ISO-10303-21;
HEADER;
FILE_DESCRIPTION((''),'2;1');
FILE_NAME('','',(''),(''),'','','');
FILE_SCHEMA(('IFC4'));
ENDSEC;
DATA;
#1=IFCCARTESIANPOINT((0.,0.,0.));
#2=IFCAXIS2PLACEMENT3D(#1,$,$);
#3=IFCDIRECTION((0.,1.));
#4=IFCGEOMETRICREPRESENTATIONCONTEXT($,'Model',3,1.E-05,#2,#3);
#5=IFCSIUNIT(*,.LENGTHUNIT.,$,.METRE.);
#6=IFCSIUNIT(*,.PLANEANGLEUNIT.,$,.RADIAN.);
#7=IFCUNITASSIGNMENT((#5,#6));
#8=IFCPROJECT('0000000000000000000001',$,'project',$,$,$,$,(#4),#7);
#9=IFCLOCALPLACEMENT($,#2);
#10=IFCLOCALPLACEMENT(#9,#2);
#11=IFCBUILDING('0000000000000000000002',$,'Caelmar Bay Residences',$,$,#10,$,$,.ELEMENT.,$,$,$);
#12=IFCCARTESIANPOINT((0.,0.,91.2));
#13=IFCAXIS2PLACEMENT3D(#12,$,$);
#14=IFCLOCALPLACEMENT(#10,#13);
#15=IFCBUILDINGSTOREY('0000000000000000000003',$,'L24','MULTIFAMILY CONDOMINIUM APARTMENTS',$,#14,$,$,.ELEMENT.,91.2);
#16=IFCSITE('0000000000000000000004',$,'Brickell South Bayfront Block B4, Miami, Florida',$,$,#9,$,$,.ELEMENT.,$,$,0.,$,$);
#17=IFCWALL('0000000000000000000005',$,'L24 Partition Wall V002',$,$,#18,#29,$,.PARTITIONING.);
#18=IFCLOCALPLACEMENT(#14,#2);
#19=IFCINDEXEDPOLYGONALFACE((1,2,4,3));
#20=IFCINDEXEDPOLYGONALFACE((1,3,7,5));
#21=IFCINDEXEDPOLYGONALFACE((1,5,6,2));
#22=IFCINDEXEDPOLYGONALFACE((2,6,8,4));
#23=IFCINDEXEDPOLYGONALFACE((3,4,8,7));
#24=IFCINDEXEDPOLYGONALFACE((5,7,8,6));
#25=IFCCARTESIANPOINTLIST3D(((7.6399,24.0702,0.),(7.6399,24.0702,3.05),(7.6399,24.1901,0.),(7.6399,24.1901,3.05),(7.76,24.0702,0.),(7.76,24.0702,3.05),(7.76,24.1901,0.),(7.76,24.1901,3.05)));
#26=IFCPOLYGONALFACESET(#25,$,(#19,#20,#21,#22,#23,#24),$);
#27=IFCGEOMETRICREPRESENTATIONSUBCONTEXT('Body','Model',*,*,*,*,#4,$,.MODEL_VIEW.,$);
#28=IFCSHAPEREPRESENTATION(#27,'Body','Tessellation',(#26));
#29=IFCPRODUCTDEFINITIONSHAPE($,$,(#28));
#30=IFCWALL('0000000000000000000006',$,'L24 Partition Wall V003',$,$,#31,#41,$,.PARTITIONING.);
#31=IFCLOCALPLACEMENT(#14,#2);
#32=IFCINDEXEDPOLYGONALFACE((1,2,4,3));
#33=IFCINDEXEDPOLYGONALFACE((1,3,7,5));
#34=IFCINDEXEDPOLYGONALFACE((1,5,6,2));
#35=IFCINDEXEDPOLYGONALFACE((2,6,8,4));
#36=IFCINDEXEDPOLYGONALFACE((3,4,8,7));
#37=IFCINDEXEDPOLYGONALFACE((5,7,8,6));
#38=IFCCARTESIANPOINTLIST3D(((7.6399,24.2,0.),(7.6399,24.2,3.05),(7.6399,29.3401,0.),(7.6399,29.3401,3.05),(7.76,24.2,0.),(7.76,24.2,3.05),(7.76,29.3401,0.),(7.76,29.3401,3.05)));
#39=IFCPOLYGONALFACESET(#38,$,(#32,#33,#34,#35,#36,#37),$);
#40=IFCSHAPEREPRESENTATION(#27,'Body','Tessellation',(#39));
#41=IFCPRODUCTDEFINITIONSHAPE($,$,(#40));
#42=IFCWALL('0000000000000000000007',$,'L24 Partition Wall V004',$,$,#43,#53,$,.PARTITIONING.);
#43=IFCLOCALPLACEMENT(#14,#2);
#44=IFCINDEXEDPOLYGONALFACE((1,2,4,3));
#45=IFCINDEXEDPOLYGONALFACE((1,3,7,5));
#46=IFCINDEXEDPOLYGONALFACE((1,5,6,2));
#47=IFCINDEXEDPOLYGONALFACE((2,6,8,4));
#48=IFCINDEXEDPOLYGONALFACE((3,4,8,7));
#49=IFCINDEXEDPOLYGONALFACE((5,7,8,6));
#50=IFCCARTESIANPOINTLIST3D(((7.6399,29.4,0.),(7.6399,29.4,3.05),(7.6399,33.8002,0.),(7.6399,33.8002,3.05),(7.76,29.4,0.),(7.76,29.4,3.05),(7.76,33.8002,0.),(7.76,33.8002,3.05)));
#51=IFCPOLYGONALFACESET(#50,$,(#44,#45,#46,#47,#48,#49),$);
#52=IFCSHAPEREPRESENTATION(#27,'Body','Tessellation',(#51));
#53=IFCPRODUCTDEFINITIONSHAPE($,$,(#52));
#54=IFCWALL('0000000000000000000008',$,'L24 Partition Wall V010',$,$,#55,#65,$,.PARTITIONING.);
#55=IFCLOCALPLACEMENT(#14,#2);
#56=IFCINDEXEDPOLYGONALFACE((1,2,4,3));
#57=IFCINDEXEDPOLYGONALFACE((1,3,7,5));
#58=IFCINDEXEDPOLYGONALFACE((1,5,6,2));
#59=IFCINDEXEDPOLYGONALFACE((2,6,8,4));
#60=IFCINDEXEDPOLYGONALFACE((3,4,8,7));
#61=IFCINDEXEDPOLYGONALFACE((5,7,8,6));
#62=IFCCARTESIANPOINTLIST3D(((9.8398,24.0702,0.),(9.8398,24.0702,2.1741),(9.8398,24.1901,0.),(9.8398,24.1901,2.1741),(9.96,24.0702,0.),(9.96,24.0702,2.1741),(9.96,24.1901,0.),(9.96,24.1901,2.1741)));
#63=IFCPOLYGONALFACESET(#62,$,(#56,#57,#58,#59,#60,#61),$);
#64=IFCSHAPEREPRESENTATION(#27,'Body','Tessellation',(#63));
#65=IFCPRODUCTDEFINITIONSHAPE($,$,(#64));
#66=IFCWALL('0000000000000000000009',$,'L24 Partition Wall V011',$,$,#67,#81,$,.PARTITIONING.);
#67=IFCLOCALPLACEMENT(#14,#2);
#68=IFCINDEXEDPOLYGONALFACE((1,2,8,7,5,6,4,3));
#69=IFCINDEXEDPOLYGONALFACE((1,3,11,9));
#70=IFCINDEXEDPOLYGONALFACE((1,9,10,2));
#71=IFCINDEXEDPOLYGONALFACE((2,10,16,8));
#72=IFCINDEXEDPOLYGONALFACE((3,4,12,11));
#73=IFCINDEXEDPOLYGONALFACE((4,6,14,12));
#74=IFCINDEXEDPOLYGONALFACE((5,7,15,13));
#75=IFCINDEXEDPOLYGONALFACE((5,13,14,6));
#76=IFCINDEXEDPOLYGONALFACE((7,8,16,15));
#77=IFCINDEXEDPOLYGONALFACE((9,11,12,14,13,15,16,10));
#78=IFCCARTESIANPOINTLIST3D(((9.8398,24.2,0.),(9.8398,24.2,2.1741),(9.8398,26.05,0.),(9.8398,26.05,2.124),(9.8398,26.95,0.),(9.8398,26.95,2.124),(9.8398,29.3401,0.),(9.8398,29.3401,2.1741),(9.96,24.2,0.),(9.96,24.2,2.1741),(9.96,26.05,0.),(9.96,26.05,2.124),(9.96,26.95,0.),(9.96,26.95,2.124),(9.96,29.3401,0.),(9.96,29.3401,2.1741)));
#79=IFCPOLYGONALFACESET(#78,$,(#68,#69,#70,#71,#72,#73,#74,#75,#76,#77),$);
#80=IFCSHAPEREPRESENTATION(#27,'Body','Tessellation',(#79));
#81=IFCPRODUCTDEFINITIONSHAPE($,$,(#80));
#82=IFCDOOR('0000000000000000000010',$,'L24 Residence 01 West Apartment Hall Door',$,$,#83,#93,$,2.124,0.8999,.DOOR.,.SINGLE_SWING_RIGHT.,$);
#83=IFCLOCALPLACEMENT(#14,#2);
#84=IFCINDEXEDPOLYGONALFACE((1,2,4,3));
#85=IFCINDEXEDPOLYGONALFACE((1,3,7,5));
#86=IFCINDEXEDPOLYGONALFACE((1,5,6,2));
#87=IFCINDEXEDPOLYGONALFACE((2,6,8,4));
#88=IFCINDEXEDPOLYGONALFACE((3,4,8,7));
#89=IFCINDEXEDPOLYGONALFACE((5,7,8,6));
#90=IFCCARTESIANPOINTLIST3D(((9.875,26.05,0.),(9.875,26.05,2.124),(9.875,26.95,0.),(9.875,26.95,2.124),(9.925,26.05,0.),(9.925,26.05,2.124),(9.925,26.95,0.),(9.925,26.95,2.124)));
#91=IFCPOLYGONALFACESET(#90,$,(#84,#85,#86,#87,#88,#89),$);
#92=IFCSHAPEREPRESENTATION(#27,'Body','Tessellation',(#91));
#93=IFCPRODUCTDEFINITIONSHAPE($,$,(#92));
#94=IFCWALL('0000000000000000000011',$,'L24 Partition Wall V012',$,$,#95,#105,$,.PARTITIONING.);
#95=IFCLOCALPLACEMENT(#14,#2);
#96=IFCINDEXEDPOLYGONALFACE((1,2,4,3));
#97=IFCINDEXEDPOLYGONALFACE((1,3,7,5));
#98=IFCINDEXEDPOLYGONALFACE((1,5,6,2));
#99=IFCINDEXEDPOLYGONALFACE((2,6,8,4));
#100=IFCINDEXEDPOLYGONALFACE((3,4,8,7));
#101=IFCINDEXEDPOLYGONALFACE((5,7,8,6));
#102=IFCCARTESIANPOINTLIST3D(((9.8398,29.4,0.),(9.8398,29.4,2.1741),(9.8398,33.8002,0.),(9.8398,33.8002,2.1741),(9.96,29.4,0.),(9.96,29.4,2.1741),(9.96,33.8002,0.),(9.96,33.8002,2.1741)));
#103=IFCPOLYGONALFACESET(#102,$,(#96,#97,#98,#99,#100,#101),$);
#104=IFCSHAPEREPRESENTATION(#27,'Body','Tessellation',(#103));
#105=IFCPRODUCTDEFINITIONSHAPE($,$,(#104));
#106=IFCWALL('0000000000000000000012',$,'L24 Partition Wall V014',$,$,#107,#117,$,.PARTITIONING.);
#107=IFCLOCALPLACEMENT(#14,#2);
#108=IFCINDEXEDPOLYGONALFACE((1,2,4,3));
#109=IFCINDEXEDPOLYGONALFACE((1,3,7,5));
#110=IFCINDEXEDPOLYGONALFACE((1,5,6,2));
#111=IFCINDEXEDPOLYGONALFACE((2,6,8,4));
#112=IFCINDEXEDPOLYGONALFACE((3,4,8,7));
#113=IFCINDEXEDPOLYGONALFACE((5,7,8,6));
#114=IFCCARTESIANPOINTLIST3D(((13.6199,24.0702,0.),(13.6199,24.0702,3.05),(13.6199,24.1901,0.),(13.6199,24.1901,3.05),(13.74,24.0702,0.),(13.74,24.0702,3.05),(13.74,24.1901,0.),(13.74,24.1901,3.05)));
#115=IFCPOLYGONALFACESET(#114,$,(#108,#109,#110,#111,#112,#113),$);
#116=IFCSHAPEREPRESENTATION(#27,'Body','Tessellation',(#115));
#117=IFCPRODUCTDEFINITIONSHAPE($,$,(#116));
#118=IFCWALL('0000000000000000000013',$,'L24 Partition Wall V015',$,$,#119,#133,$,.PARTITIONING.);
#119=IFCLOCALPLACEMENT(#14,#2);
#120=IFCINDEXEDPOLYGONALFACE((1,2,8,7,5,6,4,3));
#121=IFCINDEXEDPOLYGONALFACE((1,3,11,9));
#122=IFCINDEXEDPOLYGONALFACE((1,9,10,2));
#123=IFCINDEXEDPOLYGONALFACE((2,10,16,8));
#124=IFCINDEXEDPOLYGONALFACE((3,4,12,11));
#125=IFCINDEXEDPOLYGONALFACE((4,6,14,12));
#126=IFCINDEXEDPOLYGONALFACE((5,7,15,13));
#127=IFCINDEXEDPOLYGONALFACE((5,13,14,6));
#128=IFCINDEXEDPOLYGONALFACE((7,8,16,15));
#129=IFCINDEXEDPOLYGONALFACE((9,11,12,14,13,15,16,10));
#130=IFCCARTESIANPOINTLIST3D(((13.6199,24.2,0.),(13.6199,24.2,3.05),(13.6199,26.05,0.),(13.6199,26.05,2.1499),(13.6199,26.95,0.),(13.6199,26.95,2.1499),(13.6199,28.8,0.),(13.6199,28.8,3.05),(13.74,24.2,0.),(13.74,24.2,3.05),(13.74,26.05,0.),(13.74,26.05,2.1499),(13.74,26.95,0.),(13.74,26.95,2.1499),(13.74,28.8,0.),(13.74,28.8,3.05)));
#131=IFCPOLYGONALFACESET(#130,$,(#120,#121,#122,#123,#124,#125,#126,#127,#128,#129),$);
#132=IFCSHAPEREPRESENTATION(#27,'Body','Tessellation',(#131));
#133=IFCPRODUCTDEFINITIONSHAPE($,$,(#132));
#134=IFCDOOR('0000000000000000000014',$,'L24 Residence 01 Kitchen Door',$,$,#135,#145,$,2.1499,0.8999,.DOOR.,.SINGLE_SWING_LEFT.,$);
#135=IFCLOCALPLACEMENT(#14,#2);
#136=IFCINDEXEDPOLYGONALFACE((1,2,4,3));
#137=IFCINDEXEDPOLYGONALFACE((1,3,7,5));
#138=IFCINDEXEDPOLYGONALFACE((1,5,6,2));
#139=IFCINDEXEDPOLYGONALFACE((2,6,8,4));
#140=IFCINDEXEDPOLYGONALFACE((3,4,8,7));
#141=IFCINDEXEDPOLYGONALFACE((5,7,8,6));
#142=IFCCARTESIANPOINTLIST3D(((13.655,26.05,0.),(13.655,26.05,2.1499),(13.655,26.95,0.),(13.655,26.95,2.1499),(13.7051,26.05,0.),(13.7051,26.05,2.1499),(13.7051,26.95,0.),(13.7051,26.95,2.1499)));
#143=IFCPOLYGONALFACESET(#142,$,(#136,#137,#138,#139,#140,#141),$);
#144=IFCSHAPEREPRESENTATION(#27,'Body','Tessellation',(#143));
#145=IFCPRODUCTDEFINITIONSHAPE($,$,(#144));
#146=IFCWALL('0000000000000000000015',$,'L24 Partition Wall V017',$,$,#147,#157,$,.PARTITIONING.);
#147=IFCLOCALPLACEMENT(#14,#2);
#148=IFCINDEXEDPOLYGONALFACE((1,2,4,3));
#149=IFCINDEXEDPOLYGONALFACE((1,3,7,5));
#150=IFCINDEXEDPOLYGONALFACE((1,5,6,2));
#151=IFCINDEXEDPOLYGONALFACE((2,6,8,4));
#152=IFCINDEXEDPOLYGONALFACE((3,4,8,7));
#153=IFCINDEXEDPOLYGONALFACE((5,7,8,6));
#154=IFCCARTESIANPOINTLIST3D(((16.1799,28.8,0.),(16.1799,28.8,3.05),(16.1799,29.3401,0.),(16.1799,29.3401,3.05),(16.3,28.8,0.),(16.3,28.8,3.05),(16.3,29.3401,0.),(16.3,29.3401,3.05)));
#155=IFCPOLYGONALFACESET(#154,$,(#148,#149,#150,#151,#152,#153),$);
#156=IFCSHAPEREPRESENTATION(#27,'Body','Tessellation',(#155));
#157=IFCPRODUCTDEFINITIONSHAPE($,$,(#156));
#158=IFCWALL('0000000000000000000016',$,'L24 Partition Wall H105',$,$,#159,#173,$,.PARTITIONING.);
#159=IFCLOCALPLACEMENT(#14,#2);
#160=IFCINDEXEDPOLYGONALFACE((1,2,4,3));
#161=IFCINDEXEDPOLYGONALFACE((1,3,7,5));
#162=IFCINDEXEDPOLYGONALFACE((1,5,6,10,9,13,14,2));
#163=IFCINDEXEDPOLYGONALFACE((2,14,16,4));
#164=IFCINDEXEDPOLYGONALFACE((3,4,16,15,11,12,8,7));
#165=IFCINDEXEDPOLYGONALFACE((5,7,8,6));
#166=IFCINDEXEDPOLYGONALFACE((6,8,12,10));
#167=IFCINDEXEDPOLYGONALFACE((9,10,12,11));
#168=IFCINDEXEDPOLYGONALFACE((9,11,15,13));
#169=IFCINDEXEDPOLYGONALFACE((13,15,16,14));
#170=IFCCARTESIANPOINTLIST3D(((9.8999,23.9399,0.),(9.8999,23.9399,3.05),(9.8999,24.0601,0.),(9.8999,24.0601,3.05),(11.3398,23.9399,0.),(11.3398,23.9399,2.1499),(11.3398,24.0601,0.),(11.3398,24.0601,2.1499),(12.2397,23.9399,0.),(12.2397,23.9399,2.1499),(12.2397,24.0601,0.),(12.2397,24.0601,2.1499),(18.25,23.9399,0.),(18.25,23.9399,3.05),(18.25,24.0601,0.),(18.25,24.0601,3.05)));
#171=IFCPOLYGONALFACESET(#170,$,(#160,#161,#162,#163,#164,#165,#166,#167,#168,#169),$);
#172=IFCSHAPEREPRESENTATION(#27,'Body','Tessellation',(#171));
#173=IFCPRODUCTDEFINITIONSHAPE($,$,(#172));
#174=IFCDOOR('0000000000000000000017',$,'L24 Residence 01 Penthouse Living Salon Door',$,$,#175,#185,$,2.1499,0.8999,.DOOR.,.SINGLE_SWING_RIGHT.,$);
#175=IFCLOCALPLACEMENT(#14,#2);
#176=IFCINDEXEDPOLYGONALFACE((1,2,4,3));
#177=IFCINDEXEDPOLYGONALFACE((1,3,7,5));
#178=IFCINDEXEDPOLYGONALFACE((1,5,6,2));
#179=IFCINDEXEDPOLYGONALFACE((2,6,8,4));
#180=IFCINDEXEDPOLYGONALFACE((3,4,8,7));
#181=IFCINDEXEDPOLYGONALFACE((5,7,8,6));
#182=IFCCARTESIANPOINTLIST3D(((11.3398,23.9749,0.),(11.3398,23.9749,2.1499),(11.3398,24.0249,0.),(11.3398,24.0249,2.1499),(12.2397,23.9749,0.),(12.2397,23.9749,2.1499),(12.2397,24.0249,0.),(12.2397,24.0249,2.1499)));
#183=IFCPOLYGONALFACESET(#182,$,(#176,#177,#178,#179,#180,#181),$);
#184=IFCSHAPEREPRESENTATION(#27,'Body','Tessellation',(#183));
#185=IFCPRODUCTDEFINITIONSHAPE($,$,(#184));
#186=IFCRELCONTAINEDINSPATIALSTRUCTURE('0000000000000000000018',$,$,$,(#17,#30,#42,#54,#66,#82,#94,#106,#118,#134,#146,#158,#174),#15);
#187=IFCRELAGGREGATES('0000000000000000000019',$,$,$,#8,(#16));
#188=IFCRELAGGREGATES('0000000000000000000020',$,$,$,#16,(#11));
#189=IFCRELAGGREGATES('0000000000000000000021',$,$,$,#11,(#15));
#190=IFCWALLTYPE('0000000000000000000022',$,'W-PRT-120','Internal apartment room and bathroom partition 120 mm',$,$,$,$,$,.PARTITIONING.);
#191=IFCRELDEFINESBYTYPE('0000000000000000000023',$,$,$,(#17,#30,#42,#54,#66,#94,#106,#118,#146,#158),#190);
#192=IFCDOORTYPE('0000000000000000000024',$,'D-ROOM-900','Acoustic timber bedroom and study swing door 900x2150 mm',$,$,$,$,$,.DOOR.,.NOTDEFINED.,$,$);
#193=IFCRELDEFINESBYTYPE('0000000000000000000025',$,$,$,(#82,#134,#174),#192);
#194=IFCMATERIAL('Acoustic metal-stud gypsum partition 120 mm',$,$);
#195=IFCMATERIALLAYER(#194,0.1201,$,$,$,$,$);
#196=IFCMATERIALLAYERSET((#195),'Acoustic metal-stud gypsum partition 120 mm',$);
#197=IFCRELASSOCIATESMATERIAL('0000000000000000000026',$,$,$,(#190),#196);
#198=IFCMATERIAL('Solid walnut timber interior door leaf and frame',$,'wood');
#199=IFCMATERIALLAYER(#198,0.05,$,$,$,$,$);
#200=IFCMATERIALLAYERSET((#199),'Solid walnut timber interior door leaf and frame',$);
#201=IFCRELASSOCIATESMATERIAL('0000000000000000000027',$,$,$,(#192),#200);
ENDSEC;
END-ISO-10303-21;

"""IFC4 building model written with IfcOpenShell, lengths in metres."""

from ifc_helpers import new_model, si_unit, direction, frame, frame_2d, origin, place, context, subcontext, project, spatial, rectangle, extrude, material, layer, layer_set, type_object, element, fill, save


model = new_model("IFC4")

# Units and contexts
model_context = context("Model", 3, precision=1e-05, world=origin(), true_north=direction((0.0, 1.0)))
body_context = subcontext(model_context, "Body", "Model", "MODEL_VIEW")
ifc_project = project(units=[si_unit("LENGTHUNIT", "METRE"), si_unit("PLANEANGLEUNIT", "RADIAN")], contexts=[model_context])

# Site, building, storey
site_placement = place(None, origin())
site = spatial("IfcSite", under=ifc_project, at=site_placement, Name="Brickell South Bayfront Block B4, Miami, Florida", CompositionType="ELEMENT", RefElevation=0.0)
building_placement = place(site_placement, origin())
building = spatial("IfcBuilding", under=site, at=building_placement, Name="Caelmar Bay Residences", CompositionType="ELEMENT")
storey_placement = place(building_placement, frame((0.0, 0.0, 91.2)))
storey = spatial("IfcBuildingStorey", under=building, at=storey_placement, Name="L24", Description="MULTIFAMILY CONDOMINIUM APARTMENTS", CompositionType="ELEMENT", Elevation=91.2)

# Walls
ifc_material_1 = material(Name="Acoustic metal-stud gypsum partition 120 mm")
ifc_layer_1 = layer(ifc_material_1, 0.1201)
ifc_layer_set_1 = layer_set([ifc_layer_1], Name="Acoustic metal-stud gypsum partition 120 mm")
wall_type_1 = type_object("IfcWallType", Name="W-PRT-120", Description="Internal apartment room and bathroom partition 120 mm", PredefinedType="PARTITIONING", material=ifc_layer_set_1)
wall_1_placement = place(storey_placement, frame((7.7, 24.0701, 0.0), z_axis=(0.0, 0.0, 1.0), x_axis=(0.0, 1.0, 0.0)))
element("IfcWall", 1, at=wall_1_placement, inside=storey, type_object=wall_type_1, Name="L24 Partition Wall V002", PredefinedType="PARTITIONING", context=body_context, shape_type="SweptSolid", body=[
    extrude(rectangle(XDim=0.1199, YDim=0.1201, at=frame_2d((0.0601, 0.0))), origin(), (0.0, 0.0, 1.0), 3.05),
])
wall_2_placement = place(storey_placement, frame((7.7, 24.2, 0.0), z_axis=(0.0, 0.0, 1.0), x_axis=(0.0, 1.0, 0.0)))
element("IfcWall", 2, at=wall_2_placement, inside=storey, type_object=wall_type_1, Name="L24 Partition Wall V003", PredefinedType="PARTITIONING", context=body_context, shape_type="SweptSolid", body=[
    extrude(rectangle(XDim=5.1401, YDim=0.1201, at=frame_2d((2.5701, 0.0))), origin(), (0.0, 0.0, 1.0), 3.05),
])
wall_3_placement = place(storey_placement, frame((7.7, 29.3999, 0.0), z_axis=(0.0, 0.0, 1.0), x_axis=(0.0, 1.0, 0.0)))
element("IfcWall", 3, at=wall_3_placement, inside=storey, type_object=wall_type_1, Name="L24 Partition Wall V004", PredefinedType="PARTITIONING", context=body_context, shape_type="SweptSolid", body=[
    extrude(rectangle(XDim=4.4001, YDim=0.1201, at=frame_2d((2.2002, 0.0))), origin(), (0.0, 0.0, 1.0), 3.05),
])
wall_4_placement = place(storey_placement, frame((9.8999, 24.0701, 0.0), z_axis=(0.0, 0.0, 1.0), x_axis=(0.0, 1.0, 0.0)))
element("IfcWall", 4, at=wall_4_placement, inside=storey, type_object=wall_type_1, Name="L24 Partition Wall V010", PredefinedType="PARTITIONING", context=body_context, shape_type="SweptSolid", body=[
    extrude(rectangle(XDim=0.1199, YDim=0.1201, at=frame_2d((0.0601, 0.0))), origin(), (0.0, 0.0, 1.0), 2.1741),
])

# Wall, opening, door
wall_5_placement = place(storey_placement, frame((9.8999, 24.2, 0.0), z_axis=(0.0, 0.0, 1.0), x_axis=(0.0, 1.0, 0.0)))
wall_5 = element("IfcWall", 5, at=wall_5_placement, inside=storey, type_object=wall_type_1, Name="L24 Partition Wall V011", PredefinedType="PARTITIONING", context=body_context, shape_type="SweptSolid", body=[
    extrude(rectangle(XDim=5.1401, YDim=0.1201, at=frame_2d((2.5701, 0.0))), origin(), (0.0, 0.0, 1.0), 2.1741),
])
opening_1_placement = place(wall_5_placement, frame((1.8501, 0.0, 0.0)))
opening_1 = element("IfcOpeningElement", 6, at=opening_1_placement, cuts=wall_5, PredefinedType="OPENING", context=body_context, shape_type="SweptSolid", body=[
    extrude(rectangle(XDim=0.8999, YDim=2.124, at=frame_2d((0.45, 1.062))), frame((0.0, 0.0701, 0.0), z_axis=(0.0, -1.0, 0.0), x_axis=(1.0, 0.0, 0.0)), (0.0, 0.0, 1.0), 0.1401),
])
ifc_material_2 = material(Name="Solid walnut timber interior door leaf and frame", Category="wood")
ifc_layer_2 = layer(ifc_material_2, 0.05)
ifc_layer_set_2 = layer_set([ifc_layer_2], Name="Solid walnut timber interior door leaf and frame")
door_type = type_object("IfcDoorType", Name="D-ROOM-900", Description="Acoustic timber bedroom and study swing door 900x2150 mm", OperationType="NOTDEFINED", PredefinedType="DOOR", material=ifc_layer_set_2)
door_1_placement = place(opening_1_placement, origin())
door_1 = element("IfcDoor", 7, at=door_1_placement, inside=storey, type_object=door_type, Name="L24 Residence 01 West Apartment Hall Door", OperationType="SINGLE_SWING_RIGHT", OverallHeight=2.124, OverallWidth=0.8999, PredefinedType="DOOR", context=body_context, shape_type="SweptSolid", body=[
    extrude(rectangle(XDim=0.8999, YDim=2.124, at=frame_2d((0.45, 1.062))), frame((0.0, 0.0249, 0.0), z_axis=(0.0, -1.0, 0.0), x_axis=(1.0, 0.0, 0.0)), (0.0, 0.0, 1.0), 0.05),
])
fill(opening_1, door_1)

# Walls
wall_6_placement = place(storey_placement, frame((9.8999, 29.3999, 0.0), z_axis=(0.0, 0.0, 1.0), x_axis=(0.0, 1.0, 0.0)))
element("IfcWall", 8, at=wall_6_placement, inside=storey, type_object=wall_type_1, Name="L24 Partition Wall V012", PredefinedType="PARTITIONING", context=body_context, shape_type="SweptSolid", body=[
    extrude(rectangle(XDim=4.4001, YDim=0.1201, at=frame_2d((2.2002, 0.0))), origin(), (0.0, 0.0, 1.0), 2.1741),
])
wall_7_placement = place(storey_placement, frame((13.6799, 24.0701, 0.0), z_axis=(0.0, 0.0, 1.0), x_axis=(0.0, 1.0, 0.0)))
element("IfcWall", 9, at=wall_7_placement, inside=storey, type_object=wall_type_1, Name="L24 Partition Wall V014", PredefinedType="PARTITIONING", context=body_context, shape_type="SweptSolid", body=[
    extrude(rectangle(XDim=0.1199, YDim=0.1201, at=frame_2d((0.0601, 0.0))), origin(), (0.0, 0.0, 1.0), 3.05),
])

# Wall, opening, door
wall_8_placement = place(storey_placement, frame((13.6799, 24.2, 0.0), z_axis=(0.0, 0.0, 1.0), x_axis=(0.0, 1.0, 0.0)))
wall_8 = element("IfcWall", 10, at=wall_8_placement, inside=storey, type_object=wall_type_1, Name="L24 Partition Wall V015", PredefinedType="PARTITIONING", context=body_context, shape_type="SweptSolid", body=[
    extrude(rectangle(XDim=4.6001, YDim=0.1201, at=frame_2d((2.3, 0.0))), origin(), (0.0, 0.0, 1.0), 3.05),
])
opening_2_placement = place(wall_8_placement, frame((1.8501, 0.0, 0.0)))
opening_2 = element("IfcOpeningElement", 11, at=opening_2_placement, cuts=wall_8, PredefinedType="OPENING", context=body_context, shape_type="SweptSolid", body=[
    extrude(rectangle(XDim=0.8999, YDim=2.1499, at=frame_2d((0.45, 1.075))), frame((0.0, 0.0701, 0.0), z_axis=(0.0, -1.0, 0.0), x_axis=(1.0, 0.0, 0.0)), (0.0, 0.0, 1.0), 0.1401),
])
door_2_placement = place(opening_2_placement, origin())
door_2 = element("IfcDoor", 12, at=door_2_placement, inside=storey, type_object=door_type, Name="L24 Residence 01 Kitchen Door", OperationType="SINGLE_SWING_LEFT", OverallHeight=2.1499, OverallWidth=0.8999, PredefinedType="DOOR", context=body_context, shape_type="SweptSolid", body=[
    extrude(rectangle(XDim=0.8999, YDim=2.1499, at=frame_2d((0.45, 1.075))), frame((0.0, 0.0249, 0.0), z_axis=(0.0, -1.0, 0.0), x_axis=(1.0, 0.0, 0.0)), (0.0, 0.0, 1.0), 0.05),
])
fill(opening_2, door_2)

# Wall
wall_9_placement = place(storey_placement, frame((16.24, 28.8, 0.0), z_axis=(0.0, 0.0, 1.0), x_axis=(0.0, 1.0, 0.0)))
element("IfcWall", 13, at=wall_9_placement, inside=storey, type_object=wall_type_1, Name="L24 Partition Wall V017", PredefinedType="PARTITIONING", context=body_context, shape_type="SweptSolid", body=[
    extrude(rectangle(XDim=0.54, YDim=0.1201, at=frame_2d((0.27, 0.0))), origin(), (0.0, 0.0, 1.0), 3.05),
])

# Wall, opening, door
wall_10_placement = place(storey_placement, frame((9.8999, 24.0, 0.0), z_axis=(0.0, 0.0, 1.0), x_axis=(1.0, 0.0, 0.0)))
wall_10 = element("IfcWall", 14, at=wall_10_placement, inside=storey, type_object=wall_type_1, Name="L24 Partition Wall H105", PredefinedType="PARTITIONING", context=body_context, shape_type="SweptSolid", body=[
    extrude(rectangle(XDim=8.3501, YDim=0.1201, at=frame_2d((4.175, 0.0))), origin(), (0.0, 0.0, 1.0), 3.05),
])
opening_3_placement = place(wall_10_placement, frame((1.4399, 0.0, 0.0)))
opening_3 = element("IfcOpeningElement", 15, at=opening_3_placement, cuts=wall_10, PredefinedType="OPENING", context=body_context, shape_type="SweptSolid", body=[
    extrude(rectangle(XDim=0.8999, YDim=2.1499, at=frame_2d((0.45, 1.075))), frame((0.0, 0.0701, 0.0), z_axis=(0.0, -1.0, 0.0), x_axis=(1.0, 0.0, 0.0)), (0.0, 0.0, 1.0), 0.1401),
])
door_3_placement = place(opening_3_placement, origin())
door_3 = element("IfcDoor", 16, at=door_3_placement, inside=storey, type_object=door_type, Name="L24 Residence 01 Penthouse Living Salon Door", OperationType="SINGLE_SWING_RIGHT", OverallHeight=2.1499, OverallWidth=0.8999, PredefinedType="DOOR", context=body_context, shape_type="SweptSolid", body=[
    extrude(rectangle(XDim=0.8999, YDim=2.1499, at=frame_2d((0.45, 1.075))), frame((0.0, 0.0249, 0.0), z_axis=(0.0, -1.0, 0.0), x_axis=(1.0, 0.0, 0.0)), (0.0, 0.0, 1.0), 0.05),
])
fill(opening_3, door_3)

save(model, "model.ifc")
